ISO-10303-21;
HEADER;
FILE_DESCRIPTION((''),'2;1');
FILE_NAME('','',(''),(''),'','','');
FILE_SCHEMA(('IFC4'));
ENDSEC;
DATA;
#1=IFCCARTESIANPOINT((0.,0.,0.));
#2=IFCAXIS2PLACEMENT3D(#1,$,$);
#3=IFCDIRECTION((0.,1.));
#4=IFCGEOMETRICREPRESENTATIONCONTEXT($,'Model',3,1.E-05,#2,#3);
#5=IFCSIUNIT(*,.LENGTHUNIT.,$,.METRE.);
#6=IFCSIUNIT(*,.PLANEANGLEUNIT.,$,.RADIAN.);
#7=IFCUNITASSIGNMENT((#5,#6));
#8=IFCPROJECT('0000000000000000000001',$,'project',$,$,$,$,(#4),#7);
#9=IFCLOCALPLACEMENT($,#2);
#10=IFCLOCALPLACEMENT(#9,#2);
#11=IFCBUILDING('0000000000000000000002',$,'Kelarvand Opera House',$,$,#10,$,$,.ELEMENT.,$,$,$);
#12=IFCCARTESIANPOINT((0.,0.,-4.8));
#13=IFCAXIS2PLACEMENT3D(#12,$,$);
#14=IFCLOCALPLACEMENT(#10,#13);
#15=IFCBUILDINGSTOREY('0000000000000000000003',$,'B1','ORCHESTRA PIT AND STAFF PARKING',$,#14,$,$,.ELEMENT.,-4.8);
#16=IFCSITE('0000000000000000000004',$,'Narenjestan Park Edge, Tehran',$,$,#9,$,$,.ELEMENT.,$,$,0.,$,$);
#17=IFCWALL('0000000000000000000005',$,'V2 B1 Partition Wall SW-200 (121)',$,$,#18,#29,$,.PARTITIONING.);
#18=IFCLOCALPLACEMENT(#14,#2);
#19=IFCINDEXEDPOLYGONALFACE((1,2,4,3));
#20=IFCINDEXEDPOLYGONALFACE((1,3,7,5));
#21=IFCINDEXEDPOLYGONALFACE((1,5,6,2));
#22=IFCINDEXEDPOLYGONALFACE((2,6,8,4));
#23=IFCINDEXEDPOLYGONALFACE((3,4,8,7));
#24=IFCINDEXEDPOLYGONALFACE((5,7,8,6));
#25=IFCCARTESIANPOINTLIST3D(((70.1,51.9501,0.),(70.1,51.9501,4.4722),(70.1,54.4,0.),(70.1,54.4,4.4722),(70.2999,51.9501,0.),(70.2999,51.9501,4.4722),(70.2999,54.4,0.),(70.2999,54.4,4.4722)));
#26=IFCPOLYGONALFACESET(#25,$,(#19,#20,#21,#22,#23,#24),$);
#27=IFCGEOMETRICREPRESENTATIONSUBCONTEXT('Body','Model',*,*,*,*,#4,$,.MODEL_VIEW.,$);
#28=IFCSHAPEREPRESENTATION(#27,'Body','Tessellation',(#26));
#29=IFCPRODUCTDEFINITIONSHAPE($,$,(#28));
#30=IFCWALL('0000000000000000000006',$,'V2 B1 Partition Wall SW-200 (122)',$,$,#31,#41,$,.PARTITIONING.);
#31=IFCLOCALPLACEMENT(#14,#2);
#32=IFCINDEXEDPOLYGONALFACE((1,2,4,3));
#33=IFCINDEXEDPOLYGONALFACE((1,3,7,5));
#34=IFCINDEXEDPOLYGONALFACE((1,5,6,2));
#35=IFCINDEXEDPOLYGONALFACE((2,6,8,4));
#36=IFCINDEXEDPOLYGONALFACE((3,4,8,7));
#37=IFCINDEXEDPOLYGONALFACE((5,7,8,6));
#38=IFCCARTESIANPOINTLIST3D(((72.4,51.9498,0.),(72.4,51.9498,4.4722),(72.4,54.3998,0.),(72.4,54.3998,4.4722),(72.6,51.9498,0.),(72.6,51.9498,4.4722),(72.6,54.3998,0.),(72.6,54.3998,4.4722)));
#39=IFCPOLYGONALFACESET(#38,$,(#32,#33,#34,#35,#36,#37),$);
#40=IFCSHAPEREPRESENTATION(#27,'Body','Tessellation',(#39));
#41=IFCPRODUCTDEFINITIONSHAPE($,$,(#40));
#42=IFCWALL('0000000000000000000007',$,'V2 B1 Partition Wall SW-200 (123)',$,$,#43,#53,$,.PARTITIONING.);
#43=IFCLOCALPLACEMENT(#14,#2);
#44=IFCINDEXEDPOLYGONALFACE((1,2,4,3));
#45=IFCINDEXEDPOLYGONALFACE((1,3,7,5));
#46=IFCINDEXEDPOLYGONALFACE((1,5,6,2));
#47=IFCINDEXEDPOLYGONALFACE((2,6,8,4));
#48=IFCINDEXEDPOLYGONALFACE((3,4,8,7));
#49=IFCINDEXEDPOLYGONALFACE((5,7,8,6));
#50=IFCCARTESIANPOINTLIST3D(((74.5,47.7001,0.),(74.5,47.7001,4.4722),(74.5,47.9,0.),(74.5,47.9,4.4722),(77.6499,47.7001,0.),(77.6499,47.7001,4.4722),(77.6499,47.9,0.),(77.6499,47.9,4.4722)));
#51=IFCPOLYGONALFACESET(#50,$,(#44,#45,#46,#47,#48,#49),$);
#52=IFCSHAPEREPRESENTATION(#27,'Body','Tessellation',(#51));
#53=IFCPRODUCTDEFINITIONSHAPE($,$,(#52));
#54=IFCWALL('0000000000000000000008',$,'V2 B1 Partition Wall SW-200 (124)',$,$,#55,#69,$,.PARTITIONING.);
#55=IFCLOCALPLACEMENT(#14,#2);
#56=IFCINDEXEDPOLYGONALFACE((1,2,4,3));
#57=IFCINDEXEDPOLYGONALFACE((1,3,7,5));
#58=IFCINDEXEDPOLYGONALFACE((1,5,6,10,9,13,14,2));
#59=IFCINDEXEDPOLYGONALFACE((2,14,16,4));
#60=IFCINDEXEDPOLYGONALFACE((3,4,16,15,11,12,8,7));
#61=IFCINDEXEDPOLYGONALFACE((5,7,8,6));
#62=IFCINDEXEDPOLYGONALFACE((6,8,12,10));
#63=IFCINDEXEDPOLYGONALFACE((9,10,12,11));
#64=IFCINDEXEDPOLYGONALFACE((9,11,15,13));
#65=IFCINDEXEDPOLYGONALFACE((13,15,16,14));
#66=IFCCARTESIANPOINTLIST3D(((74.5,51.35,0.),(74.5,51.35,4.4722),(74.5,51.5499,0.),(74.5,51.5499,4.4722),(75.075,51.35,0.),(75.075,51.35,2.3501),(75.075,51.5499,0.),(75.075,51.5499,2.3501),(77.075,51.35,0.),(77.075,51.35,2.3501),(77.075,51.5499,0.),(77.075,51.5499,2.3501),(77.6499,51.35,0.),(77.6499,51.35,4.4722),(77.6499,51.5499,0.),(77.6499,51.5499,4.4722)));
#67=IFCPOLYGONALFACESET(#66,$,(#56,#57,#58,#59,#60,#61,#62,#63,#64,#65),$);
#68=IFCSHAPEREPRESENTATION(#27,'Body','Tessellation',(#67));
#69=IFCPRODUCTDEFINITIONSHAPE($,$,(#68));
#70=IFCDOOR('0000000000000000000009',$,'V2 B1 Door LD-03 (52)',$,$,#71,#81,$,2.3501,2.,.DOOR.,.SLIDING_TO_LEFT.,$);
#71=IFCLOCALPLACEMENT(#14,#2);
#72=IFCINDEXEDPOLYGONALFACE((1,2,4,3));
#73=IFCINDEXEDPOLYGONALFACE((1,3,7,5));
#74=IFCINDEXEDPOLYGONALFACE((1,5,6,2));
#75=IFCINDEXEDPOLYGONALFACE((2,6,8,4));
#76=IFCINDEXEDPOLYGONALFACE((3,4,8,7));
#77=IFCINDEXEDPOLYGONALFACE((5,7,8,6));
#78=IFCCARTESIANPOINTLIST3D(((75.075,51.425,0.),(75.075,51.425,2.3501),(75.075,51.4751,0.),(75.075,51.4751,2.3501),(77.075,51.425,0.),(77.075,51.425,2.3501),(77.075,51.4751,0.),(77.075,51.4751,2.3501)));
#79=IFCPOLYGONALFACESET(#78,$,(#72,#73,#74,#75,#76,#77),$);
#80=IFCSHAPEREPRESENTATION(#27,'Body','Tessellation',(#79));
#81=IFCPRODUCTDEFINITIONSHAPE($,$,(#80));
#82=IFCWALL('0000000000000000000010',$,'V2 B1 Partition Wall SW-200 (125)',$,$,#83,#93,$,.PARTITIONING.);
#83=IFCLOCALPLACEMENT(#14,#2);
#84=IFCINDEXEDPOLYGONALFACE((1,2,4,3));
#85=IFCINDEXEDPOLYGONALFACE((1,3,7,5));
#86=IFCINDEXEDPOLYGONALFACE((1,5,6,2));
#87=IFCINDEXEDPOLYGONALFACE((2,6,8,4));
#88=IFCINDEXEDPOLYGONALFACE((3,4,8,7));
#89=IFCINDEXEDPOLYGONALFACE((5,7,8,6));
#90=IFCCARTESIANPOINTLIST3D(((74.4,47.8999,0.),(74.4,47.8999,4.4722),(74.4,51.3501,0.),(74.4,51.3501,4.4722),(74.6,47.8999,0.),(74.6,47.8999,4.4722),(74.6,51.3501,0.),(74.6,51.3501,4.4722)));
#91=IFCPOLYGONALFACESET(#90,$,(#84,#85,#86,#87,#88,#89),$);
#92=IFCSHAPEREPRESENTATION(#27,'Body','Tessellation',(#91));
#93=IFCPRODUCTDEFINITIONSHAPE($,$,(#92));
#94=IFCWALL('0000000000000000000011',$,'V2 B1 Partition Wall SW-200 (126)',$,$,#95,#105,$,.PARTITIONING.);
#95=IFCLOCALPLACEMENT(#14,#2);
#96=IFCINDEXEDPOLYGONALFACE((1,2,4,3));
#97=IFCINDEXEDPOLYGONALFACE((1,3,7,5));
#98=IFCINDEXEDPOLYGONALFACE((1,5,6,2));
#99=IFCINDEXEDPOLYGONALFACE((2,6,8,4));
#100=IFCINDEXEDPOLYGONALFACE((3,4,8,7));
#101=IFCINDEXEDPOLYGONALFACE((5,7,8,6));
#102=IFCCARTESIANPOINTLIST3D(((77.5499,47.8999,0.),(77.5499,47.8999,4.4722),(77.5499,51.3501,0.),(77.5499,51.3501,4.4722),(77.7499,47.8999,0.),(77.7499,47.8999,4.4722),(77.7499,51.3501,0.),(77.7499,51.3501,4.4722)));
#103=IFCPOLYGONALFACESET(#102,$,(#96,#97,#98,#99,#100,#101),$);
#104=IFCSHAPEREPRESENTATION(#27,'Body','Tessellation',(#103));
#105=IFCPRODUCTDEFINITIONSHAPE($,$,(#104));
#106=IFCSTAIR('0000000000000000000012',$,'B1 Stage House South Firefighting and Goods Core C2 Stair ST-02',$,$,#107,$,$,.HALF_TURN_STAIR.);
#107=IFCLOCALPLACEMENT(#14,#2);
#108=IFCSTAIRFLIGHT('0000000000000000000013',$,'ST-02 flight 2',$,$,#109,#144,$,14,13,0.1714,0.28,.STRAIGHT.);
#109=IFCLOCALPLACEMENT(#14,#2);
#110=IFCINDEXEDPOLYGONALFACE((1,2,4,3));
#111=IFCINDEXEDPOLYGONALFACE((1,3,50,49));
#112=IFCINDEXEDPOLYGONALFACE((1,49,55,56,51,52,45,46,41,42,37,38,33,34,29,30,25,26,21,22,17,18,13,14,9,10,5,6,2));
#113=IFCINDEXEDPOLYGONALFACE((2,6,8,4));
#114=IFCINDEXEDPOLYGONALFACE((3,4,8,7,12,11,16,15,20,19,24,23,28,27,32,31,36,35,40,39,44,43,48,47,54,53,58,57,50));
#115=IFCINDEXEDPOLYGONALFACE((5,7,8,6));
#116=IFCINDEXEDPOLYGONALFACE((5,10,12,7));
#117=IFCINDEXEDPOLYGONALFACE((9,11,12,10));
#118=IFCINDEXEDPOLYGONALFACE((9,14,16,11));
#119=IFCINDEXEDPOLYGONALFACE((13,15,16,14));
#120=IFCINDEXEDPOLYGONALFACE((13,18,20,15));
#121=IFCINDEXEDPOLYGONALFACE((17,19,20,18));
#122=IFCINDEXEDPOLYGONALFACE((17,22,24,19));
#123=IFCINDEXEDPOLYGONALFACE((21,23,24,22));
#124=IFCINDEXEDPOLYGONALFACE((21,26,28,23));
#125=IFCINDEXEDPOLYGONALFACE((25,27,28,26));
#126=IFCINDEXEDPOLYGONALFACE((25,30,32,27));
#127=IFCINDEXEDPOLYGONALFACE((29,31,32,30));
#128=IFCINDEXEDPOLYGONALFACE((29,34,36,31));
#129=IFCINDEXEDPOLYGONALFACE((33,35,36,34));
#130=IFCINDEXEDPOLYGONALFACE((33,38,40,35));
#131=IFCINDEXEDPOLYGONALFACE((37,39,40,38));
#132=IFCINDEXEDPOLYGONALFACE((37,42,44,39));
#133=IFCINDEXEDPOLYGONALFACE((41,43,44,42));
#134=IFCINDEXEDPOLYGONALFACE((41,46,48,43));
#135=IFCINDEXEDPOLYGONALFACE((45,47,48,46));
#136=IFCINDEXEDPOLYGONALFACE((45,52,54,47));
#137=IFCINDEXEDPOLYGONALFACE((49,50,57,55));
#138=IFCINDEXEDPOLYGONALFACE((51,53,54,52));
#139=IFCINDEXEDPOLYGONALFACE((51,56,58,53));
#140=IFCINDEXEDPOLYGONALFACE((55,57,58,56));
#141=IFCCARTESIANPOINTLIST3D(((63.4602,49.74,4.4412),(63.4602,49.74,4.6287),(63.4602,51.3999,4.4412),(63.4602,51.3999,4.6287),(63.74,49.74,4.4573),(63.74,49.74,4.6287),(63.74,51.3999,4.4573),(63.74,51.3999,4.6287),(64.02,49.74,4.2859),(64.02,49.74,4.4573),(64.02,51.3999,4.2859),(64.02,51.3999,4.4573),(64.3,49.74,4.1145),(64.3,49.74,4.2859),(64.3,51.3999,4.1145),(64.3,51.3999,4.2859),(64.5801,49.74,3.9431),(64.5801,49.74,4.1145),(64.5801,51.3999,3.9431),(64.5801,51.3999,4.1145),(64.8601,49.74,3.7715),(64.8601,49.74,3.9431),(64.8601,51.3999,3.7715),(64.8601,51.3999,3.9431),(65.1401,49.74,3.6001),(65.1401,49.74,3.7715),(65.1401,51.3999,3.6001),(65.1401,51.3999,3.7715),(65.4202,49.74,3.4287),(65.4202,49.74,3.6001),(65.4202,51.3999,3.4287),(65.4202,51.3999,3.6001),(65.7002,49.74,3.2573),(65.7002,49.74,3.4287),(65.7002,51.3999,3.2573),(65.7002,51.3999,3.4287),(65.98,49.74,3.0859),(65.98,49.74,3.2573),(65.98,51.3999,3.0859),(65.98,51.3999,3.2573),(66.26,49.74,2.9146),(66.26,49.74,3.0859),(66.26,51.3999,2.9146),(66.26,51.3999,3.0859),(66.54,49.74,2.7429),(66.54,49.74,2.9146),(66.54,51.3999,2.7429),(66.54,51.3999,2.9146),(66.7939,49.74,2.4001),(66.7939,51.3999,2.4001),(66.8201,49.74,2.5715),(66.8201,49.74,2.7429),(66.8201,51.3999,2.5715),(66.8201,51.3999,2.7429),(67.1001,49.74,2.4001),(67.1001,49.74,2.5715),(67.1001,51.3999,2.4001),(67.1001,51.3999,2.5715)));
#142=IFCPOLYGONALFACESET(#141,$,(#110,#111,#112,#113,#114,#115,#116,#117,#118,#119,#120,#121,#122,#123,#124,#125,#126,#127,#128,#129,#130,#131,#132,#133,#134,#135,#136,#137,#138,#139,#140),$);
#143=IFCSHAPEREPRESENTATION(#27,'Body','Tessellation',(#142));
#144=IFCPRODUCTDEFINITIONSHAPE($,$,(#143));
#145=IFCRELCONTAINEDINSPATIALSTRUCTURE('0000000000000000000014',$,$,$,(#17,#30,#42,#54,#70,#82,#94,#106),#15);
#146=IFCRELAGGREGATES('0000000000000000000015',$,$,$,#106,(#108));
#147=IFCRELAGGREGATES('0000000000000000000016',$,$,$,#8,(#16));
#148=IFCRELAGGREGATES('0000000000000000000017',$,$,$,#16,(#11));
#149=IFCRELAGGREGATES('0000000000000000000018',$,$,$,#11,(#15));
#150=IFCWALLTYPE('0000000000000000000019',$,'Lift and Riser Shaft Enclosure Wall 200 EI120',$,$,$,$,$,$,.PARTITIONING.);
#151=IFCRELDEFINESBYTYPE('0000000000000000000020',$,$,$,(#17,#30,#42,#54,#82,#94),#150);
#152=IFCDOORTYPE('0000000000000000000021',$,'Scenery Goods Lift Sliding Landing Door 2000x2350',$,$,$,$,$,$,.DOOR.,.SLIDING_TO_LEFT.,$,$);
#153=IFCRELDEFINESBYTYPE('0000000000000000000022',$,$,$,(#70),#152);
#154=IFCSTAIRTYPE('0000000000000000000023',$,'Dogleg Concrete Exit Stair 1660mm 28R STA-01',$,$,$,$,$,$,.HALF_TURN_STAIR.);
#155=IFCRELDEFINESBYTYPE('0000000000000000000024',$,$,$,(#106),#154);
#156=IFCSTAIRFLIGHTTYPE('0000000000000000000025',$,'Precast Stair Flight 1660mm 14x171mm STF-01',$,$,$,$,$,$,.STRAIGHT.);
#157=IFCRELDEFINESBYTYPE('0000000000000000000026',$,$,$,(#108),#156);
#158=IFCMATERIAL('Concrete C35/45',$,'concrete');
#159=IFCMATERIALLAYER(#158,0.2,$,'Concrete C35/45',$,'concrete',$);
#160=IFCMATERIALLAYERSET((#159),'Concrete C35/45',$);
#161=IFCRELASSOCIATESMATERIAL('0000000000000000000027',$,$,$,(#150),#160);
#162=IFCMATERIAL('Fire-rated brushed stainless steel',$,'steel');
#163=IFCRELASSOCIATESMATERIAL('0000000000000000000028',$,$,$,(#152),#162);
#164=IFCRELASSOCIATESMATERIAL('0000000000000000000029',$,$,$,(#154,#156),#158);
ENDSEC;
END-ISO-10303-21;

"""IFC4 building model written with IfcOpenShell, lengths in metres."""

from ifc_helpers import new_model, si_unit, direction, frame, frame_2d, origin, place, context, subcontext, project, spatial, polyline, rectangle, outline, extrude, material, layer, layer_set, type_object, element, fill, aggregate, save


model = new_model("IFC4")

# Units and contexts
model_context = context("Model", 3, precision=1e-05, world=origin(), true_north=direction((0.0, 1.0)))
body_context = subcontext(model_context, "Body", "Model", "MODEL_VIEW")
ifc_project = project(units=[si_unit("LENGTHUNIT", "METRE"), si_unit("PLANEANGLEUNIT", "RADIAN")], contexts=[model_context])

# Site, building, storey
site_placement = place(None, origin())
site = spatial("IfcSite", under=ifc_project, at=site_placement, Name="Narenjestan Park Edge, Tehran", CompositionType="ELEMENT", RefElevation=0.0)
building_placement = place(site_placement, origin())
building = spatial("IfcBuilding", under=site, at=building_placement, Name="Kelarvand Opera House", CompositionType="ELEMENT")
storey_placement = place(building_placement, frame((0.0, 0.0, -4.8)))
storey = spatial("IfcBuildingStorey", under=building, at=storey_placement, Name="B1", Description="ORCHESTRA PIT AND STAFF PARKING", CompositionType="ELEMENT", Elevation=-4.8)

# Shared definitions
ifc_material_1 = material(Name="Concrete C35/45", Category="concrete")

# Shared definitions
ifc_material_2 = material(Name="Fire-rated brushed stainless steel", Category="steel")
ifc_layer_1 = layer(ifc_material_1, 0.2, Name="Concrete C35/45", Category="concrete")
ifc_layer_set_1 = layer_set([ifc_layer_1], Name="Concrete C35/45")
wall_type_1 = type_object("IfcWallType", Name="Lift and Riser Shaft Enclosure Wall 200 EI120", PredefinedType="PARTITIONING", material=ifc_layer_set_1)

# Walls
for number, where, z_axis, x_axis, name in (
    (1, (70.2, 51.95, 0.0), (0.0, 0.0, 1.0), (0.0, 1.0, 0.0), "V2 B1 Partition Wall SW-200 (121)"),
    (2, (72.5, 54.3999, 0.0), (0.0, 0.0, 1.0), (0.0, -1.0, 0.0), "V2 B1 Partition Wall SW-200 (122)"),
):
    element("IfcWall", number, at=place(storey_placement, frame(where, z_axis=z_axis, x_axis=x_axis)), inside=storey, type_object=wall_type_1, Name=name, PredefinedType="PARTITIONING", context=body_context, shape_type="SweptSolid", body=[
        extrude(rectangle(XDim=2.45, YDim=0.2, at=frame_2d((1.2251, 0.0))), origin(), (0.0, 0.0, 1.0), 4.4722),
    ])
wall_1_placement = place(storey_placement, frame((74.5, 47.8, 0.0), z_axis=(0.0, 0.0, 1.0), x_axis=(1.0, 0.0, 0.0)))
element("IfcWall", 3, at=wall_1_placement, inside=storey, type_object=wall_type_1, Name="V2 B1 Partition Wall SW-200 (123)", PredefinedType="PARTITIONING", context=body_context, shape_type="SweptSolid", body=[
    extrude(rectangle(XDim=3.1499, YDim=0.2, at=frame_2d((1.575, 0.0))), origin(), (0.0, 0.0, 1.0), 4.4722),
])

# Wall, opening, door
wall_2_placement = place(storey_placement, frame((77.6499, 51.45, 0.0), z_axis=(0.0, 0.0, 1.0), x_axis=(-1.0, 0.0, 0.0)))
wall_2 = element("IfcWall", 4, at=wall_2_placement, inside=storey, type_object=wall_type_1, Name="V2 B1 Partition Wall SW-200 (124)", PredefinedType="PARTITIONING", context=body_context, shape_type="SweptSolid", body=[
    extrude(rectangle(XDim=3.1499, YDim=0.2, at=frame_2d((1.575, 0.0))), origin(), (0.0, 0.0, 1.0), 4.4722),
])
opening_1_placement = place(wall_2_placement, frame((0.575, 0.0, 0.0)))
opening_1 = element("IfcOpeningElement", 5, at=opening_1_placement, cuts=wall_2, PredefinedType="OPENING", context=body_context, shape_type="SweptSolid", body=[
    extrude(rectangle(XDim=2.0, YDim=2.3501, at=frame_2d((1.0, 1.175))), frame((0.0, 0.1099, 0.0), z_axis=(0.0, -1.0, 0.0), x_axis=(1.0, 0.0, 0.0)), (0.0, 0.0, 1.0), 0.22),
])
door_type_1 = type_object("IfcDoorType", Name="Scenery Goods Lift Sliding Landing Door 2000x2350", OperationType="SLIDING_TO_LEFT", PredefinedType="DOOR", material=ifc_material_2)
door_1_placement = place(opening_1_placement, origin())
door_1 = element("IfcDoor", 6, at=door_1_placement, inside=storey, type_object=door_type_1, Name="V2 B1 Door LD-03 (52)", OperationType="SLIDING_TO_LEFT", OverallHeight=2.3501, OverallWidth=2.0, PredefinedType="DOOR", context=body_context, shape_type="SweptSolid", body=[
    extrude(rectangle(XDim=2.0, YDim=2.3501, at=frame_2d((1.0, 1.175))), frame((0.0, 0.0249, 0.0), z_axis=(0.0, -1.0, 0.0), x_axis=(1.0, 0.0, 0.0)), (0.0, 0.0, 1.0), 0.05),
])
fill(opening_1, door_1)

# Walls
for number, where, z_axis, x_axis, name in (
    (7, (74.5, 47.8999, 0.0), (0.0, 0.0, 1.0), (0.0, 1.0, 0.0), "V2 B1 Partition Wall SW-200 (125)"),
    (8, (77.6499, 51.3501, 0.0), (0.0, 0.0, 1.0), (0.0, -1.0, 0.0), "V2 B1 Partition Wall SW-200 (126)"),
):
    element("IfcWall", number, at=place(storey_placement, frame(where, z_axis=z_axis, x_axis=x_axis)), inside=storey, type_object=wall_type_1, Name=name, PredefinedType="PARTITIONING", context=body_context, shape_type="SweptSolid", body=[
        extrude(rectangle(XDim=3.4502, YDim=0.2, at=frame_2d((1.7251, 0.0))), origin(), (0.0, 0.0, 1.0), 4.4722),
    ])

# Stair, stair flight
stair_type = type_object("IfcStairType", Name="Dogleg Concrete Exit Stair 1660mm 28R STA-01", PredefinedType="HALF_TURN_STAIR", material=ifc_material_1)
stair_placement = place(storey_placement, origin())
stair = element("IfcStair", 9, at=stair_placement, inside=storey, type_object=stair_type, Name="B1 Stage House South Firefighting and Goods Core C2 Stair ST-02", PredefinedType="HALF_TURN_STAIR")
stair_flight_type = type_object("IfcStairFlightType", Name="Precast Stair Flight 1660mm 14x171mm STF-01", PredefinedType="STRAIGHT", material=ifc_material_1)
stair_flight_placement = place(storey_placement, frame((67.1001, 50.5701, 2.4001), z_axis=(0.0, 0.0, 1.0), x_axis=(-1.0, 0.0, 0.0)))
stair_flight = element("IfcStairFlight", 10, at=stair_flight_placement, type_object=stair_flight_type, Name="ST-02 flight 2", NumberOfRisers=14, NumberOfTreads=13, PredefinedType="STRAIGHT", RiserHeight=0.1714, TreadLength=0.28, context=body_context, shape_type="SweptSolid", body=[
    extrude(outline(polyline([(0.0, 0.0), (0.0, 0.1714), (0.28, 0.1714), (0.28, 0.3428), (0.5601, 0.3428), (0.5601, 0.5144), (0.8401, 0.5144), (0.8401, 0.6858), (1.1201, 0.6858), (1.1201, 0.8572), (1.3999, 0.8572), (1.3999, 1.0286), (1.6799, 1.0286), (1.6799, 1.2), (1.96, 1.2), (1.96, 1.3713), (2.24, 1.3713), (2.24, 1.543), (2.52, 1.543), (2.52, 1.7144), (2.8, 1.7144), (2.8, 1.8857), (3.0801, 1.8857), (3.0801, 2.0571), (3.3601, 2.0571), (3.3601, 2.2285), (3.6399, 2.2285), (3.6399, 2.3999), (3.6399, 2.041), (0.3062, 0.0), (0.0, 0.0)])), frame((0.0, 0.8301, 0.0), z_axis=(0.0, -1.0, 0.0), x_axis=(1.0, 0.0, 0.0)), (0.0, 0.0, 1.0), 1.6599),
])
aggregate(stair, [stair_flight])

save(model, "model.ifc")
